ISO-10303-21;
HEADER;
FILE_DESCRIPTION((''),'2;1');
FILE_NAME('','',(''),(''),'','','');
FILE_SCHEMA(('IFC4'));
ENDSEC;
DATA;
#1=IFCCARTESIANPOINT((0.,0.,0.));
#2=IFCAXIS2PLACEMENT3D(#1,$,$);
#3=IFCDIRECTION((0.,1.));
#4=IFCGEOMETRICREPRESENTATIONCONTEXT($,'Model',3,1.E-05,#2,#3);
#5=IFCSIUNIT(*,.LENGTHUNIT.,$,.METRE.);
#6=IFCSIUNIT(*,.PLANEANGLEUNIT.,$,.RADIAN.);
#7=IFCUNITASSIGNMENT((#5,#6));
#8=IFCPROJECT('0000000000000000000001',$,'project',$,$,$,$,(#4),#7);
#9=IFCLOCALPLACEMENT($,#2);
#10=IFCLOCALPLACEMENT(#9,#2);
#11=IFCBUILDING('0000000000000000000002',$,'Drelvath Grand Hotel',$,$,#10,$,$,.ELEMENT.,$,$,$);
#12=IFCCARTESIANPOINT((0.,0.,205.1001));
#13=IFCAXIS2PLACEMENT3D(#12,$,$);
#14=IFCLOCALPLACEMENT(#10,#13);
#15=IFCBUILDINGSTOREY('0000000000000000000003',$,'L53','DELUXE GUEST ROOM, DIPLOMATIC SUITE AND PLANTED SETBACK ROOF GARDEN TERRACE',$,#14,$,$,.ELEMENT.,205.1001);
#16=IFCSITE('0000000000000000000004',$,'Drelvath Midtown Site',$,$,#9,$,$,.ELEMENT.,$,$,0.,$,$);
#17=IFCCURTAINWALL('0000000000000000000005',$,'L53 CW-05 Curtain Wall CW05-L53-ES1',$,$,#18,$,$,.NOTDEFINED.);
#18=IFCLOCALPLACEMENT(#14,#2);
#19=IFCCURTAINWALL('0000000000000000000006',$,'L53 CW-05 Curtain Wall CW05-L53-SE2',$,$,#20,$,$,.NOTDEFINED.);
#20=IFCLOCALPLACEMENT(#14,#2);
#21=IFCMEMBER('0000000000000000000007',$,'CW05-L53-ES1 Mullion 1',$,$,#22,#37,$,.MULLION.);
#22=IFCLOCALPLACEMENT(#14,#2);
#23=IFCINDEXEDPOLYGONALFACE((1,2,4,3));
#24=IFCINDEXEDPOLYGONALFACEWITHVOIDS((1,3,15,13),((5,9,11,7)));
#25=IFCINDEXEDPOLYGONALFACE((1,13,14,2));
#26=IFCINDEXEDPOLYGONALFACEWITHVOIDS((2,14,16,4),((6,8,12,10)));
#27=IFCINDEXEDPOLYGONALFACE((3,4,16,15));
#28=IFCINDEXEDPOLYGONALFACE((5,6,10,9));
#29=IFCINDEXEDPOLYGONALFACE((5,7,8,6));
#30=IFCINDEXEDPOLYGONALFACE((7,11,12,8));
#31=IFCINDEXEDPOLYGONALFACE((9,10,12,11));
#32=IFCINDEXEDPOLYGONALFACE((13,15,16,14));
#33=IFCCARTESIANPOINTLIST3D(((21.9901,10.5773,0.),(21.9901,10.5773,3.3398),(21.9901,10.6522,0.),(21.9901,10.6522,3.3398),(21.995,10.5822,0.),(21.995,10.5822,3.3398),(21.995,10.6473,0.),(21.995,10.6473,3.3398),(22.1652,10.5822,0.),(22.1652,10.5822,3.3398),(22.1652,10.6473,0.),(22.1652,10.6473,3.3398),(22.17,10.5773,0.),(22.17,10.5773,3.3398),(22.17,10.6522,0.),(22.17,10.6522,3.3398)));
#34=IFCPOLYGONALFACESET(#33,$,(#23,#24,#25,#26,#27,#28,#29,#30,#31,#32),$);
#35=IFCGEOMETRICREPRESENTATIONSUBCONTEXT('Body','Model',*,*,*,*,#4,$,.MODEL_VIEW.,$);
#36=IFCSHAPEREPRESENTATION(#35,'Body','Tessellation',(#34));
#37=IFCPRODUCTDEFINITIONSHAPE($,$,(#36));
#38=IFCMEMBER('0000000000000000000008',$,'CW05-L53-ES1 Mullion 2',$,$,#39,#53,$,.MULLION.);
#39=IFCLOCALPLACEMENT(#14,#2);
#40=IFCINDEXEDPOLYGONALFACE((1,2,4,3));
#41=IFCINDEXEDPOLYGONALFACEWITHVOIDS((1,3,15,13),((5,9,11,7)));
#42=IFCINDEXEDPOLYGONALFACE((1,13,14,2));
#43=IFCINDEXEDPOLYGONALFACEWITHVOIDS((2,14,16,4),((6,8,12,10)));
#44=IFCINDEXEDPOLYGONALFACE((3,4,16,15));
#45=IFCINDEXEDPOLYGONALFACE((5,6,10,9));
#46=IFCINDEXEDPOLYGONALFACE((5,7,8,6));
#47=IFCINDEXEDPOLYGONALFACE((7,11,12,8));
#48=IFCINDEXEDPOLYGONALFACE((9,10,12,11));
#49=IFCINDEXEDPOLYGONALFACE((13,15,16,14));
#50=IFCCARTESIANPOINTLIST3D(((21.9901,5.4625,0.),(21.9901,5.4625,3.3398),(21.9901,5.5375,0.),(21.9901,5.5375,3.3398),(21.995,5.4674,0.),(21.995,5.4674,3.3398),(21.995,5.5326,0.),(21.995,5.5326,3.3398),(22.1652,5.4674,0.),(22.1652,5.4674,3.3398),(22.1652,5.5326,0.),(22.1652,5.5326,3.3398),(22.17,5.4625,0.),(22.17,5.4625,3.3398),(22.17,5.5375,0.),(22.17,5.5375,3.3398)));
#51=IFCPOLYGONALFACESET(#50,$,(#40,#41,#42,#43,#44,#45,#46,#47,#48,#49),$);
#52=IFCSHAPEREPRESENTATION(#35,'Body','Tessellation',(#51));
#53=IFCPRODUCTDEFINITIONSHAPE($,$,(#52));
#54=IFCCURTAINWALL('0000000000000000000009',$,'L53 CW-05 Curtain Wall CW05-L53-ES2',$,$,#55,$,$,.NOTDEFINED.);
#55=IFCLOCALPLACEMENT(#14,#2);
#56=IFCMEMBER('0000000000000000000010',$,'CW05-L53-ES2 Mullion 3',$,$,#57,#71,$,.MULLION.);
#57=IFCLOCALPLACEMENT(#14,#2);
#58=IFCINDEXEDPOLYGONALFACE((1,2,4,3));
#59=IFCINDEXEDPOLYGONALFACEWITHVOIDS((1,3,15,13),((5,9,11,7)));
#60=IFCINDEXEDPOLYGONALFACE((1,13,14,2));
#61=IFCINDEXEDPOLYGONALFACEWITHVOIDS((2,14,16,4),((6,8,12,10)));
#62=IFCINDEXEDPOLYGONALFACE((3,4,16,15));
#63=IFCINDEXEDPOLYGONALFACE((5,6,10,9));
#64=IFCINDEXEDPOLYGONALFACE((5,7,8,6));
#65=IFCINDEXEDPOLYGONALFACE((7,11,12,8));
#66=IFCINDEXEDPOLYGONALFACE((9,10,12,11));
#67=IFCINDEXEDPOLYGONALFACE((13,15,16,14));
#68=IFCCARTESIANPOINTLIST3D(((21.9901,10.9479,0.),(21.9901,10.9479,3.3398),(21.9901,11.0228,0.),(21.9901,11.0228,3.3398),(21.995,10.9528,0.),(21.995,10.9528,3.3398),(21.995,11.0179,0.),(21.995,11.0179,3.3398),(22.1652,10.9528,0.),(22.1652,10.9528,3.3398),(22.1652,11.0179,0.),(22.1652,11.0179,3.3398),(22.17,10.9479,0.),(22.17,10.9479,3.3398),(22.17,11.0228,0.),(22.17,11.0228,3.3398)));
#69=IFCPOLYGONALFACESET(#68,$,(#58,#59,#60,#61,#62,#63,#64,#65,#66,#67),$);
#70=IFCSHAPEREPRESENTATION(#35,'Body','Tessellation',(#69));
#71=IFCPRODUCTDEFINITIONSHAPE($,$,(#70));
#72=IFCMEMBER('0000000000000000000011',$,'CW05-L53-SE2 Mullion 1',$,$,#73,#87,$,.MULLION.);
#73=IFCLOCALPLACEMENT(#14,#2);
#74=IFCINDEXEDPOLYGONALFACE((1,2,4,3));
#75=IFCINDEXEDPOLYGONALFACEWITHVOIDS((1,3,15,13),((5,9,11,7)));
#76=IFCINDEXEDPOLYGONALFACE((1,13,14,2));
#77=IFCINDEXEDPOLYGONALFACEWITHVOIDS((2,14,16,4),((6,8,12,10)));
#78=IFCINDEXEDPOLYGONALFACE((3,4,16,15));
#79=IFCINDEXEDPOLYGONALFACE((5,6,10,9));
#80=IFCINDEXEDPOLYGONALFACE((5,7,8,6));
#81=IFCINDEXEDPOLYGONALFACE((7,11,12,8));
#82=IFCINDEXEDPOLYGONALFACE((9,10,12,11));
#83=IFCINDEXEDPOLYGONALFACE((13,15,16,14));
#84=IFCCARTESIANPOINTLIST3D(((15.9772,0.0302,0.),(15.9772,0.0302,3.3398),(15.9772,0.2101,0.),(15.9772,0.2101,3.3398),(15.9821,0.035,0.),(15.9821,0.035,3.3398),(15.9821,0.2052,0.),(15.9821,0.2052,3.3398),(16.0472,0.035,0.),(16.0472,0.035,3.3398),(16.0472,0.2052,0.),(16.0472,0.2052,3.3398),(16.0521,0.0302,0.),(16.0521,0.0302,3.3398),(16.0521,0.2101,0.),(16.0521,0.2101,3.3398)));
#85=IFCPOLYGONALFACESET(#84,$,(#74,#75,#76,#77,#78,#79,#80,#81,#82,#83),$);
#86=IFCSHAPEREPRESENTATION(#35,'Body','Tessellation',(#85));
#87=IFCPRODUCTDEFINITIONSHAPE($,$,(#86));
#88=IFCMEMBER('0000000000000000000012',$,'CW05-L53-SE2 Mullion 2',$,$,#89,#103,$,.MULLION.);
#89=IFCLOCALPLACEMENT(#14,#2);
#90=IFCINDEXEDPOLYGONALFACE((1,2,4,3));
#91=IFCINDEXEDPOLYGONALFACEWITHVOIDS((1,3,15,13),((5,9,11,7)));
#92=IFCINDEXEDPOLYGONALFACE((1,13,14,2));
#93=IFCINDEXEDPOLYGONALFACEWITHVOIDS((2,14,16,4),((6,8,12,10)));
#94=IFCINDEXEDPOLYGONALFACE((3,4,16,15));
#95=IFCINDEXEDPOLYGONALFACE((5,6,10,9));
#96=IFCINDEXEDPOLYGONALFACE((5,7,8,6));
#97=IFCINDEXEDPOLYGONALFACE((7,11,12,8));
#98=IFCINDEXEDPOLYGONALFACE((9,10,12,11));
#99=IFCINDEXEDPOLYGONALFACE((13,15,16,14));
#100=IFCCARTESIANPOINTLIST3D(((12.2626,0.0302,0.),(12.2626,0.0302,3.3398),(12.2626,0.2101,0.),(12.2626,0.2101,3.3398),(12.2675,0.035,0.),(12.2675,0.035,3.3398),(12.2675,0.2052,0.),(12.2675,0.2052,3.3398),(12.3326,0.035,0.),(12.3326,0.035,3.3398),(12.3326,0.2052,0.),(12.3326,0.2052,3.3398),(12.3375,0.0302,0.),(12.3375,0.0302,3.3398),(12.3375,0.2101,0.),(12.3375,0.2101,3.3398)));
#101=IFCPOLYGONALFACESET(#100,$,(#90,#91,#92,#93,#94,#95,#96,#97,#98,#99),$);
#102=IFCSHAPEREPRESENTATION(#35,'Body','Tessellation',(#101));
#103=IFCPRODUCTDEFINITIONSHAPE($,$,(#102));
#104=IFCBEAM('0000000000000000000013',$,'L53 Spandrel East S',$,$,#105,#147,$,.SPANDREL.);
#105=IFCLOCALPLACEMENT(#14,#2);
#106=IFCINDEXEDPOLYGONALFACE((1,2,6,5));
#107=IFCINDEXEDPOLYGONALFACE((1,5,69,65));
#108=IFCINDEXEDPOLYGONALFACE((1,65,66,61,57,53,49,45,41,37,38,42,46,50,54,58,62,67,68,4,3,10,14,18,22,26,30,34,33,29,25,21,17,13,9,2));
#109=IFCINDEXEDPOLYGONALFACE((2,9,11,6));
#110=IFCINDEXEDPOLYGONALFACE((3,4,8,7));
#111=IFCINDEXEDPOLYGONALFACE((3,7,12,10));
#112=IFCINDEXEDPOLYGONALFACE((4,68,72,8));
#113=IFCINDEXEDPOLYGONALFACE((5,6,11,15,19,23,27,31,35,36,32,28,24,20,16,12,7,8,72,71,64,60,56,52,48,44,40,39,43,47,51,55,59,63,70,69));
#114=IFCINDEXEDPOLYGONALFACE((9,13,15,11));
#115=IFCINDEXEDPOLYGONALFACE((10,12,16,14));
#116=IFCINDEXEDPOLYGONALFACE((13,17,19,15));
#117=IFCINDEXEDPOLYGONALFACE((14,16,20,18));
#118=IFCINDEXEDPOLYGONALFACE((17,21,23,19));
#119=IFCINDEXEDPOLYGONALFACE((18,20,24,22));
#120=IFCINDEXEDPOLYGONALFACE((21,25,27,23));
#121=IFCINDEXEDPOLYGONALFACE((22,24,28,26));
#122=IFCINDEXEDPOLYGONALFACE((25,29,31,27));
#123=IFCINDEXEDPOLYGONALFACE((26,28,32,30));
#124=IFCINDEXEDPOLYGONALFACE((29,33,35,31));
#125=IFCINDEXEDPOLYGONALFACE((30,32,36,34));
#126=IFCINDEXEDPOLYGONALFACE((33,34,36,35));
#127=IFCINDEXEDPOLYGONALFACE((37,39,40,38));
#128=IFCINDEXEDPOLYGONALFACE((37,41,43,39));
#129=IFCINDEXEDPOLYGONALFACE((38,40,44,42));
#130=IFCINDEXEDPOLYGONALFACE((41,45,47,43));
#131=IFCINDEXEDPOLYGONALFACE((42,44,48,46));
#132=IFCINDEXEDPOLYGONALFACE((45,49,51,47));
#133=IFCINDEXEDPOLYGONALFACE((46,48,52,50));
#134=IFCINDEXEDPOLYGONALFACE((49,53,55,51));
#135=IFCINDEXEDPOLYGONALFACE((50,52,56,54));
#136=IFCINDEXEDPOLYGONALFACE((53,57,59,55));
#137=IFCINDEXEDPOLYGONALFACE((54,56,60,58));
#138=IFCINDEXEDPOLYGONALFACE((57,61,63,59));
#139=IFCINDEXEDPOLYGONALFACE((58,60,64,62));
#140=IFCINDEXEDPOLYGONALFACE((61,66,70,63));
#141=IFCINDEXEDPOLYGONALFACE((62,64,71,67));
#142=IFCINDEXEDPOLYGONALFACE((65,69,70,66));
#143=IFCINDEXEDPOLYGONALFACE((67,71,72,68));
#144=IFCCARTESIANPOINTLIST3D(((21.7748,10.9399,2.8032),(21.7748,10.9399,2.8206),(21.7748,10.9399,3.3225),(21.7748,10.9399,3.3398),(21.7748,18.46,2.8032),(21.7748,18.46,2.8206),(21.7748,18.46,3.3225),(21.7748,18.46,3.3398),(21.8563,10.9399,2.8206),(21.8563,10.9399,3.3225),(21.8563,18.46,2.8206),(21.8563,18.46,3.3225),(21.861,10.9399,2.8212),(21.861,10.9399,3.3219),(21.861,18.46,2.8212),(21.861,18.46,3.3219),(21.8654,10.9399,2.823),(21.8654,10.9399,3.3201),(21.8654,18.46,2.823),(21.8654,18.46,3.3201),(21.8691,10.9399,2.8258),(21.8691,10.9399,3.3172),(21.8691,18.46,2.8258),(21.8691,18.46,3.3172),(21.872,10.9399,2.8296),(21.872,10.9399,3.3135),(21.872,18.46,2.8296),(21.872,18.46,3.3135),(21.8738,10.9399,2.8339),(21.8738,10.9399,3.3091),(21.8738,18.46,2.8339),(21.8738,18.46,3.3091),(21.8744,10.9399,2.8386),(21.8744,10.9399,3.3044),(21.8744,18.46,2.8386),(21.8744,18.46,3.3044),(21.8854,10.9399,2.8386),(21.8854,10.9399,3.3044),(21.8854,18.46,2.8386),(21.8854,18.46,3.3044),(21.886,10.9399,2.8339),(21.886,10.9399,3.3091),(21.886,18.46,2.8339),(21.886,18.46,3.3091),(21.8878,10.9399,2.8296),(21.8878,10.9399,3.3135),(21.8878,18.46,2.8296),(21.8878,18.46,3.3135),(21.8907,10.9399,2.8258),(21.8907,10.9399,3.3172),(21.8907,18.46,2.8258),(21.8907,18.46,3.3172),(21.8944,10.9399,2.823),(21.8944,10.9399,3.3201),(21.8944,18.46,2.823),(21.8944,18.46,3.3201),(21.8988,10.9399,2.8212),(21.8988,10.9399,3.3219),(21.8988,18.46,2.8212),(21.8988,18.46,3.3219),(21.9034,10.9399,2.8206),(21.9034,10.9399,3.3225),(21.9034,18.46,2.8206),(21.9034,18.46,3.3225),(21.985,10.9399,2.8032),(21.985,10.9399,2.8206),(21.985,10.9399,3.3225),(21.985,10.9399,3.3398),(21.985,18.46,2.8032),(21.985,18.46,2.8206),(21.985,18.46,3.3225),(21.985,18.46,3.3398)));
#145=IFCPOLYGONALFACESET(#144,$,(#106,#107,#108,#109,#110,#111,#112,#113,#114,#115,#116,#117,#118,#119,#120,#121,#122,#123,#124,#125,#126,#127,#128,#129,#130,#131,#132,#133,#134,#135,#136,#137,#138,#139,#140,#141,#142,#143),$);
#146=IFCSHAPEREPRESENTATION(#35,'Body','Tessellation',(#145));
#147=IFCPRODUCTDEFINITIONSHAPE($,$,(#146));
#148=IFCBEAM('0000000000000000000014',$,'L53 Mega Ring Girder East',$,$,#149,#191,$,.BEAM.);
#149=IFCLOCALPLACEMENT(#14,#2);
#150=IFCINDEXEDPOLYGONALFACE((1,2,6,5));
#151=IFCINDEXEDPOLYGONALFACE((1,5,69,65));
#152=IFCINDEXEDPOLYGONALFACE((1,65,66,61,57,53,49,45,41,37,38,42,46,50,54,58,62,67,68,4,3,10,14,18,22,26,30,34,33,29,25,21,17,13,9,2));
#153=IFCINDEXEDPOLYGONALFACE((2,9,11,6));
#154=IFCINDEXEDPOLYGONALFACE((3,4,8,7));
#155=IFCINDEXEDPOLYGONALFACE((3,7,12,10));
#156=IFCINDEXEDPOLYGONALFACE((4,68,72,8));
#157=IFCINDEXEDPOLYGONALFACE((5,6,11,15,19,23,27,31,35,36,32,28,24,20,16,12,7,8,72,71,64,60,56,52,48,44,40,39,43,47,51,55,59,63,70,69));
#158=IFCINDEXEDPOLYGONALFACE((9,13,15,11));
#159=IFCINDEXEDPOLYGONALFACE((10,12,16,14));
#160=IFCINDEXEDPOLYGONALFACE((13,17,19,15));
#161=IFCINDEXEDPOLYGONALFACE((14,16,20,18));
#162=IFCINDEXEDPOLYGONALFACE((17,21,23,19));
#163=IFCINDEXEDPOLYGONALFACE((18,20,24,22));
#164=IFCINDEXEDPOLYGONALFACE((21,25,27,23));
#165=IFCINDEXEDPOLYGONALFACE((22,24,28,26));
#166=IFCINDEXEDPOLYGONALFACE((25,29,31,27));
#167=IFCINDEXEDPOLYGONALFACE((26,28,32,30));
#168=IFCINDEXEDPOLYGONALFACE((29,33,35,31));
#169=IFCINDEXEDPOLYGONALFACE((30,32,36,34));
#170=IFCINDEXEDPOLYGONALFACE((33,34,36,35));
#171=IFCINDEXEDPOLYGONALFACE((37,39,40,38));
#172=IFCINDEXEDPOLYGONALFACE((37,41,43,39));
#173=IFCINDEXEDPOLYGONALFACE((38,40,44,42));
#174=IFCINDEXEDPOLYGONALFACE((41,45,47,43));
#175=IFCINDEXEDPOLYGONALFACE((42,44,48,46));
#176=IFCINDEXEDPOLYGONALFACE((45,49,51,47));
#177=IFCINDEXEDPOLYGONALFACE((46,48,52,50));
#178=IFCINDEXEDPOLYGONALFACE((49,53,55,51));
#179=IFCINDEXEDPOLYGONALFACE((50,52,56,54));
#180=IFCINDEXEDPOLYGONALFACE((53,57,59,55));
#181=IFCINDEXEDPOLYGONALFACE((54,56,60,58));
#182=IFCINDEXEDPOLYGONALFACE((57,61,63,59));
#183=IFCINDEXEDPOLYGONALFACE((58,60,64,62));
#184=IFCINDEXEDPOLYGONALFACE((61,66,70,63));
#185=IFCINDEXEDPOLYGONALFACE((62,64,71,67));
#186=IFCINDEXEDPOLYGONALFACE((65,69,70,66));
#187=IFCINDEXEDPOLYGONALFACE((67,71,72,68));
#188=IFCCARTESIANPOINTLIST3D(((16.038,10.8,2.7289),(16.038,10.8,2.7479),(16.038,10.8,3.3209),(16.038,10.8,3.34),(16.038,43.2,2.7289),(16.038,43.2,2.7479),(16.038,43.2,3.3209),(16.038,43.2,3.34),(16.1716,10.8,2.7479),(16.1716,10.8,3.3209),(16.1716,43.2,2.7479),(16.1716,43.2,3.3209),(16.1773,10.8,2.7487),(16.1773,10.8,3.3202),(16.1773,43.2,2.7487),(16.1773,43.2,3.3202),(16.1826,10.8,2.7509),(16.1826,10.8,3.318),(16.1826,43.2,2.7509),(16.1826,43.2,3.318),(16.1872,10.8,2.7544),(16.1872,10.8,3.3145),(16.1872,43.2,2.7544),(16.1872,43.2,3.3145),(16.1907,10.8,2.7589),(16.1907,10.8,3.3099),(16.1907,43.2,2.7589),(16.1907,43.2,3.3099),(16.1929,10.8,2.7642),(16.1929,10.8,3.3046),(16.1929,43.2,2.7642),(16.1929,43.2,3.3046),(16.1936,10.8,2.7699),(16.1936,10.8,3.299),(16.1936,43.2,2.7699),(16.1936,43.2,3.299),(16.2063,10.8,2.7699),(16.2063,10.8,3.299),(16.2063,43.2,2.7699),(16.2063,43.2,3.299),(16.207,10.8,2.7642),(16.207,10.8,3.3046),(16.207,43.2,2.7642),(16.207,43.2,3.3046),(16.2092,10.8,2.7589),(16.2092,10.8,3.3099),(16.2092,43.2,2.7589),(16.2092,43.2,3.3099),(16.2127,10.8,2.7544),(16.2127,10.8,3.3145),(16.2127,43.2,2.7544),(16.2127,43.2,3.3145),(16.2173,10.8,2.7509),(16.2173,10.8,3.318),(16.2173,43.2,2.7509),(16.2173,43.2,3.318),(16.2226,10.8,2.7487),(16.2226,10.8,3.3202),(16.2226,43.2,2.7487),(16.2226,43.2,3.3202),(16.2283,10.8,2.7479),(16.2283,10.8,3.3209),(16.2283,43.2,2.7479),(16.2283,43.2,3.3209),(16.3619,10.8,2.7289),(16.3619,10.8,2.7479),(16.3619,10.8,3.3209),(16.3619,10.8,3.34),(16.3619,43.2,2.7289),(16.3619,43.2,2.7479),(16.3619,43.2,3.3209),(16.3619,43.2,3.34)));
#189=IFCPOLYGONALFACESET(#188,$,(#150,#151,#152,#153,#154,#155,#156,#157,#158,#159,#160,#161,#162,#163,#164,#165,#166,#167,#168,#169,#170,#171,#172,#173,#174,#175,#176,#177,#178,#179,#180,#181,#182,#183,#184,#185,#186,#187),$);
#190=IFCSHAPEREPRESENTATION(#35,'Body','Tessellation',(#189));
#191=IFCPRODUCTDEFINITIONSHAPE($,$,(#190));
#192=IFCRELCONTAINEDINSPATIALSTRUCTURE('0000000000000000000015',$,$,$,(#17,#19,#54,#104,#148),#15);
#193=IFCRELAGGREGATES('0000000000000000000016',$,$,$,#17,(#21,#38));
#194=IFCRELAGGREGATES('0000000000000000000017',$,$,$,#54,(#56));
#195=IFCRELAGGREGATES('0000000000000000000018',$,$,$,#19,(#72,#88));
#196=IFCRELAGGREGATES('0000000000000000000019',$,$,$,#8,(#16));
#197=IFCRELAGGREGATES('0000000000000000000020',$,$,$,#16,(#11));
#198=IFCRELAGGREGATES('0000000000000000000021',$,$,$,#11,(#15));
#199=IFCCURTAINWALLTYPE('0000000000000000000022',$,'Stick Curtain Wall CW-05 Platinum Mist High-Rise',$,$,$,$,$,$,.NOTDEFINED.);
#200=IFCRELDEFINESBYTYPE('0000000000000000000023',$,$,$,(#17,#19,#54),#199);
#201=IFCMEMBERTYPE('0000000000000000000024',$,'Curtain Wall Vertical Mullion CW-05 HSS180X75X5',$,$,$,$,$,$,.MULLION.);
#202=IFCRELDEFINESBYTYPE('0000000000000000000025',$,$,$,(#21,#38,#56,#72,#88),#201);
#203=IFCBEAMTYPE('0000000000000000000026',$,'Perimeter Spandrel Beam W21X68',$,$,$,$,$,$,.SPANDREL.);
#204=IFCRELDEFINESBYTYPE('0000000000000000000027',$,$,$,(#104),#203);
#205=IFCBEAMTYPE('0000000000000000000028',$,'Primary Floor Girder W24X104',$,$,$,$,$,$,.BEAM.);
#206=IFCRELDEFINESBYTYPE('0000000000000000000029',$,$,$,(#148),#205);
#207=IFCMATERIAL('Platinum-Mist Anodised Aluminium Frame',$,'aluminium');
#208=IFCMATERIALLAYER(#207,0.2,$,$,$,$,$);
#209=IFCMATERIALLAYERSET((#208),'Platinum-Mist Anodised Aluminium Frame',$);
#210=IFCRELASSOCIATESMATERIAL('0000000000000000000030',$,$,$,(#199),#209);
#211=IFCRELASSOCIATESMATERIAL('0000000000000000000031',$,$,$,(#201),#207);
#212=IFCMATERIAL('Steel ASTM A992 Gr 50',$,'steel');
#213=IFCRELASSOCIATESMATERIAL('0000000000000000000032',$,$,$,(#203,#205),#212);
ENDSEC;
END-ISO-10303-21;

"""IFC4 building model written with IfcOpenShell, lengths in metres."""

from ifc_helpers import new_model, si_unit, direction, frame, origin, origin_2d, place, context, subcontext, project, spatial, hollow_rectangle, i_section, extrude, material, layer, layer_set, material_profile, profile_set, type_object, element, aggregate, save


model = new_model("IFC4")

# Units and contexts
model_context = context("Model", 3, precision=1e-05, world=origin(), true_north=direction((0.0, 1.0)))
body_context = subcontext(model_context, "Body", "Model", "MODEL_VIEW")
ifc_project = project(units=[si_unit("LENGTHUNIT", "METRE"), si_unit("PLANEANGLEUNIT", "RADIAN")], contexts=[model_context])

# Site, building, storey
site_placement = place(None, origin())
site = spatial("IfcSite", under=ifc_project, at=site_placement, Name="Drelvath Midtown Site", CompositionType="ELEMENT", RefElevation=0.0)
building_placement = place(site_placement, origin())
building = spatial("IfcBuilding", under=site, at=building_placement, Name="Drelvath Grand Hotel", CompositionType="ELEMENT")
storey_placement = place(building_placement, frame((0.0, 0.0, 205.1001)))
storey = spatial("IfcBuildingStorey", under=building, at=storey_placement, Name="L53", Description="DELUXE GUEST ROOM, DIPLOMATIC SUITE AND PLANTED SETBACK ROOF GARDEN TERRACE", CompositionType="ELEMENT", Elevation=205.1001)

# Shared definitions
ifc_material_1 = material(Name="Steel ASTM A992 Gr 50", Category="steel")

# Curtain walls
ifc_material_2 = material(Name="Platinum-Mist Anodised Aluminium Frame", Category="aluminium")
ifc_layer_1 = layer(ifc_material_2, 0.2)
ifc_layer_set_1 = layer_set([ifc_layer_1], Name="Platinum-Mist Anodised Aluminium Frame")
curtain_wall_type = type_object("IfcCurtainWallType", Name="Stick Curtain Wall CW-05 Platinum Mist High-Rise", PredefinedType="NOTDEFINED", material=ifc_layer_set_1)
curtain_wall_1_placement = place(storey_placement, origin())
curtain_wall_1 = element("IfcCurtainWall", 1, at=curtain_wall_1_placement, inside=storey, type_object=curtain_wall_type, Name="L53 CW-05 Curtain Wall CW05-L53-ES1", PredefinedType="NOTDEFINED")
curtain_wall_2_placement = place(storey_placement, origin())
curtain_wall_2 = element("IfcCurtainWall", 2, at=curtain_wall_2_placement, inside=storey, type_object=curtain_wall_type, Name="L53 CW-05 Curtain Wall CW05-L53-SE2", PredefinedType="NOTDEFINED")

# Members
ifc_material_profile_1 = material_profile(ifc_material_2, hollow_rectangle(XDim=0.075, YDim=0.1799, WallThickness=0.0049, at=origin_2d()), Name="HSS180X75X5")
ifc_profile_set_1 = profile_set([ifc_material_profile_1], Name="Platinum-Mist Anodised Aluminium Frame")
member_type_1 = type_object("IfcMemberType", Name="Curtain Wall Vertical Mullion CW-05 HSS180X75X5", PredefinedType="MULLION", material=ifc_profile_set_1)
member_1_placement = place(storey_placement, frame((22.0801, 10.6147, 0.0), z_axis=(0.0, 0.0, 1.0), x_axis=(0.0, 1.0, 0.0)))
member_1 = element("IfcMember", 3, at=member_1_placement, type_object=member_type_1, Name="CW05-L53-ES1 Mullion 1", PredefinedType="MULLION", context=body_context, shape_type="SweptSolid", body=[
    extrude(hollow_rectangle(XDim=0.075, YDim=0.1799, WallThickness=0.0049, at=origin_2d()), origin(), (0.0, 0.0, 1.0), 3.3398),
])
member_2_placement = place(storey_placement, frame((22.0801, 5.5, 0.0), z_axis=(0.0, 0.0, 1.0), x_axis=(0.0, 1.0, 0.0)))
member_2 = element("IfcMember", 4, at=member_2_placement, type_object=member_type_1, Name="CW05-L53-ES1 Mullion 2", PredefinedType="MULLION", context=body_context, shape_type="SweptSolid", body=[
    extrude(hollow_rectangle(XDim=0.075, YDim=0.1799, WallThickness=0.0049, at=origin_2d()), origin(), (0.0, 0.0, 1.0), 3.3398),
])

# Curtain wall, member
curtain_wall_3_placement = place(storey_placement, origin())
curtain_wall_3 = element("IfcCurtainWall", 5, at=curtain_wall_3_placement, inside=storey, type_object=curtain_wall_type, Name="L53 CW-05 Curtain Wall CW05-L53-ES2", PredefinedType="NOTDEFINED")
member_3_placement = place(storey_placement, frame((22.0801, 10.9854, 0.0), z_axis=(0.0, 0.0, 1.0), x_axis=(0.0, 1.0, 0.0)))
member_3 = element("IfcMember", 6, at=member_3_placement, type_object=member_type_1, Name="CW05-L53-ES2 Mullion 3", PredefinedType="MULLION", context=body_context, shape_type="SweptSolid", body=[
    extrude(hollow_rectangle(XDim=0.075, YDim=0.1799, WallThickness=0.0049, at=origin_2d()), origin(), (0.0, 0.0, 1.0), 3.3398),
])

# Members
member_4_placement = place(storey_placement, frame((16.0146, 0.1201, 0.0), z_axis=(0.0, 0.0, 1.0), x_axis=(1.0, 0.0, 0.0)))
member_4 = element("IfcMember", 7, at=member_4_placement, type_object=member_type_1, Name="CW05-L53-SE2 Mullion 1", PredefinedType="MULLION", context=body_context, shape_type="SweptSolid", body=[
    extrude(hollow_rectangle(XDim=0.075, YDim=0.1799, WallThickness=0.0049, at=origin_2d()), origin(), (0.0, 0.0, 1.0), 3.3398),
])
member_5_placement = place(storey_placement, frame((12.3, 0.1201, 0.0), z_axis=(0.0, 0.0, 1.0), x_axis=(1.0, 0.0, 0.0)))
member_5 = element("IfcMember", 8, at=member_5_placement, type_object=member_type_1, Name="CW05-L53-SE2 Mullion 2", PredefinedType="MULLION", context=body_context, shape_type="SweptSolid", body=[
    extrude(hollow_rectangle(XDim=0.075, YDim=0.1799, WallThickness=0.0049, at=origin_2d()), origin(), (0.0, 0.0, 1.0), 3.3398),
])

# Beams
ifc_material_profile_2 = material_profile(ifc_material_1, i_section(OverallWidth=0.2102, OverallDepth=0.5366, WebThickness=0.011, FlangeThickness=0.0173, FilletRadius=0.0181, at=origin_2d()), Name="W21X68")
ifc_profile_set_2 = profile_set([ifc_material_profile_2], Name="Steel ASTM A992 Gr 50")
beam_type_1 = type_object("IfcBeamType", Name="Perimeter Spandrel Beam W21X68", PredefinedType="SPANDREL", material=ifc_profile_set_2)
beam_1_placement = place(storey_placement, frame((21.8799, 10.9399, 3.0715), z_axis=(0.0, 1.0, 0.0), x_axis=(-1.0, 0.0, 0.0)))
element("IfcBeam", 9, at=beam_1_placement, inside=storey, type_object=beam_type_1, Name="L53 Spandrel East S", PredefinedType="SPANDREL", context=body_context, shape_type="SweptSolid", body=[
    extrude(i_section(OverallWidth=0.2102, OverallDepth=0.5366, WebThickness=0.011, FlangeThickness=0.0173, FilletRadius=0.0181, at=origin_2d()), origin(), (0.0, 0.0, 1.0), 7.52),
])
ifc_material_profile_3 = material_profile(ifc_material_1, i_section(OverallWidth=0.324, OverallDepth=0.6111, WebThickness=0.0127, FlangeThickness=0.019, FilletRadius=0.022, at=origin_2d()), Name="W24X104")
ifc_profile_set_3 = profile_set([ifc_material_profile_3], Name="Steel ASTM A992 Gr 50")
beam_type_2 = type_object("IfcBeamType", Name="Primary Floor Girder W24X104", PredefinedType="BEAM", material=ifc_profile_set_3)
beam_2_placement = place(storey_placement, frame((16.2, 10.8, 3.0344), z_axis=(0.0, 1.0, 0.0), x_axis=(-1.0, 0.0, 0.0)))
element("IfcBeam", 10, at=beam_2_placement, inside=storey, type_object=beam_type_2, Name="L53 Mega Ring Girder East", PredefinedType="BEAM", context=body_context, shape_type="SweptSolid", body=[
    extrude(i_section(OverallWidth=0.324, OverallDepth=0.6111, WebThickness=0.0127, FlangeThickness=0.019, FilletRadius=0.022, at=origin_2d()), origin(), (0.0, 0.0, 1.0), 32.3999),
])

aggregate(curtain_wall_1, [member_1, member_2])
aggregate(curtain_wall_3, [member_3])
aggregate(curtain_wall_2, [member_4, member_5])

save(model, "model.ifc")
